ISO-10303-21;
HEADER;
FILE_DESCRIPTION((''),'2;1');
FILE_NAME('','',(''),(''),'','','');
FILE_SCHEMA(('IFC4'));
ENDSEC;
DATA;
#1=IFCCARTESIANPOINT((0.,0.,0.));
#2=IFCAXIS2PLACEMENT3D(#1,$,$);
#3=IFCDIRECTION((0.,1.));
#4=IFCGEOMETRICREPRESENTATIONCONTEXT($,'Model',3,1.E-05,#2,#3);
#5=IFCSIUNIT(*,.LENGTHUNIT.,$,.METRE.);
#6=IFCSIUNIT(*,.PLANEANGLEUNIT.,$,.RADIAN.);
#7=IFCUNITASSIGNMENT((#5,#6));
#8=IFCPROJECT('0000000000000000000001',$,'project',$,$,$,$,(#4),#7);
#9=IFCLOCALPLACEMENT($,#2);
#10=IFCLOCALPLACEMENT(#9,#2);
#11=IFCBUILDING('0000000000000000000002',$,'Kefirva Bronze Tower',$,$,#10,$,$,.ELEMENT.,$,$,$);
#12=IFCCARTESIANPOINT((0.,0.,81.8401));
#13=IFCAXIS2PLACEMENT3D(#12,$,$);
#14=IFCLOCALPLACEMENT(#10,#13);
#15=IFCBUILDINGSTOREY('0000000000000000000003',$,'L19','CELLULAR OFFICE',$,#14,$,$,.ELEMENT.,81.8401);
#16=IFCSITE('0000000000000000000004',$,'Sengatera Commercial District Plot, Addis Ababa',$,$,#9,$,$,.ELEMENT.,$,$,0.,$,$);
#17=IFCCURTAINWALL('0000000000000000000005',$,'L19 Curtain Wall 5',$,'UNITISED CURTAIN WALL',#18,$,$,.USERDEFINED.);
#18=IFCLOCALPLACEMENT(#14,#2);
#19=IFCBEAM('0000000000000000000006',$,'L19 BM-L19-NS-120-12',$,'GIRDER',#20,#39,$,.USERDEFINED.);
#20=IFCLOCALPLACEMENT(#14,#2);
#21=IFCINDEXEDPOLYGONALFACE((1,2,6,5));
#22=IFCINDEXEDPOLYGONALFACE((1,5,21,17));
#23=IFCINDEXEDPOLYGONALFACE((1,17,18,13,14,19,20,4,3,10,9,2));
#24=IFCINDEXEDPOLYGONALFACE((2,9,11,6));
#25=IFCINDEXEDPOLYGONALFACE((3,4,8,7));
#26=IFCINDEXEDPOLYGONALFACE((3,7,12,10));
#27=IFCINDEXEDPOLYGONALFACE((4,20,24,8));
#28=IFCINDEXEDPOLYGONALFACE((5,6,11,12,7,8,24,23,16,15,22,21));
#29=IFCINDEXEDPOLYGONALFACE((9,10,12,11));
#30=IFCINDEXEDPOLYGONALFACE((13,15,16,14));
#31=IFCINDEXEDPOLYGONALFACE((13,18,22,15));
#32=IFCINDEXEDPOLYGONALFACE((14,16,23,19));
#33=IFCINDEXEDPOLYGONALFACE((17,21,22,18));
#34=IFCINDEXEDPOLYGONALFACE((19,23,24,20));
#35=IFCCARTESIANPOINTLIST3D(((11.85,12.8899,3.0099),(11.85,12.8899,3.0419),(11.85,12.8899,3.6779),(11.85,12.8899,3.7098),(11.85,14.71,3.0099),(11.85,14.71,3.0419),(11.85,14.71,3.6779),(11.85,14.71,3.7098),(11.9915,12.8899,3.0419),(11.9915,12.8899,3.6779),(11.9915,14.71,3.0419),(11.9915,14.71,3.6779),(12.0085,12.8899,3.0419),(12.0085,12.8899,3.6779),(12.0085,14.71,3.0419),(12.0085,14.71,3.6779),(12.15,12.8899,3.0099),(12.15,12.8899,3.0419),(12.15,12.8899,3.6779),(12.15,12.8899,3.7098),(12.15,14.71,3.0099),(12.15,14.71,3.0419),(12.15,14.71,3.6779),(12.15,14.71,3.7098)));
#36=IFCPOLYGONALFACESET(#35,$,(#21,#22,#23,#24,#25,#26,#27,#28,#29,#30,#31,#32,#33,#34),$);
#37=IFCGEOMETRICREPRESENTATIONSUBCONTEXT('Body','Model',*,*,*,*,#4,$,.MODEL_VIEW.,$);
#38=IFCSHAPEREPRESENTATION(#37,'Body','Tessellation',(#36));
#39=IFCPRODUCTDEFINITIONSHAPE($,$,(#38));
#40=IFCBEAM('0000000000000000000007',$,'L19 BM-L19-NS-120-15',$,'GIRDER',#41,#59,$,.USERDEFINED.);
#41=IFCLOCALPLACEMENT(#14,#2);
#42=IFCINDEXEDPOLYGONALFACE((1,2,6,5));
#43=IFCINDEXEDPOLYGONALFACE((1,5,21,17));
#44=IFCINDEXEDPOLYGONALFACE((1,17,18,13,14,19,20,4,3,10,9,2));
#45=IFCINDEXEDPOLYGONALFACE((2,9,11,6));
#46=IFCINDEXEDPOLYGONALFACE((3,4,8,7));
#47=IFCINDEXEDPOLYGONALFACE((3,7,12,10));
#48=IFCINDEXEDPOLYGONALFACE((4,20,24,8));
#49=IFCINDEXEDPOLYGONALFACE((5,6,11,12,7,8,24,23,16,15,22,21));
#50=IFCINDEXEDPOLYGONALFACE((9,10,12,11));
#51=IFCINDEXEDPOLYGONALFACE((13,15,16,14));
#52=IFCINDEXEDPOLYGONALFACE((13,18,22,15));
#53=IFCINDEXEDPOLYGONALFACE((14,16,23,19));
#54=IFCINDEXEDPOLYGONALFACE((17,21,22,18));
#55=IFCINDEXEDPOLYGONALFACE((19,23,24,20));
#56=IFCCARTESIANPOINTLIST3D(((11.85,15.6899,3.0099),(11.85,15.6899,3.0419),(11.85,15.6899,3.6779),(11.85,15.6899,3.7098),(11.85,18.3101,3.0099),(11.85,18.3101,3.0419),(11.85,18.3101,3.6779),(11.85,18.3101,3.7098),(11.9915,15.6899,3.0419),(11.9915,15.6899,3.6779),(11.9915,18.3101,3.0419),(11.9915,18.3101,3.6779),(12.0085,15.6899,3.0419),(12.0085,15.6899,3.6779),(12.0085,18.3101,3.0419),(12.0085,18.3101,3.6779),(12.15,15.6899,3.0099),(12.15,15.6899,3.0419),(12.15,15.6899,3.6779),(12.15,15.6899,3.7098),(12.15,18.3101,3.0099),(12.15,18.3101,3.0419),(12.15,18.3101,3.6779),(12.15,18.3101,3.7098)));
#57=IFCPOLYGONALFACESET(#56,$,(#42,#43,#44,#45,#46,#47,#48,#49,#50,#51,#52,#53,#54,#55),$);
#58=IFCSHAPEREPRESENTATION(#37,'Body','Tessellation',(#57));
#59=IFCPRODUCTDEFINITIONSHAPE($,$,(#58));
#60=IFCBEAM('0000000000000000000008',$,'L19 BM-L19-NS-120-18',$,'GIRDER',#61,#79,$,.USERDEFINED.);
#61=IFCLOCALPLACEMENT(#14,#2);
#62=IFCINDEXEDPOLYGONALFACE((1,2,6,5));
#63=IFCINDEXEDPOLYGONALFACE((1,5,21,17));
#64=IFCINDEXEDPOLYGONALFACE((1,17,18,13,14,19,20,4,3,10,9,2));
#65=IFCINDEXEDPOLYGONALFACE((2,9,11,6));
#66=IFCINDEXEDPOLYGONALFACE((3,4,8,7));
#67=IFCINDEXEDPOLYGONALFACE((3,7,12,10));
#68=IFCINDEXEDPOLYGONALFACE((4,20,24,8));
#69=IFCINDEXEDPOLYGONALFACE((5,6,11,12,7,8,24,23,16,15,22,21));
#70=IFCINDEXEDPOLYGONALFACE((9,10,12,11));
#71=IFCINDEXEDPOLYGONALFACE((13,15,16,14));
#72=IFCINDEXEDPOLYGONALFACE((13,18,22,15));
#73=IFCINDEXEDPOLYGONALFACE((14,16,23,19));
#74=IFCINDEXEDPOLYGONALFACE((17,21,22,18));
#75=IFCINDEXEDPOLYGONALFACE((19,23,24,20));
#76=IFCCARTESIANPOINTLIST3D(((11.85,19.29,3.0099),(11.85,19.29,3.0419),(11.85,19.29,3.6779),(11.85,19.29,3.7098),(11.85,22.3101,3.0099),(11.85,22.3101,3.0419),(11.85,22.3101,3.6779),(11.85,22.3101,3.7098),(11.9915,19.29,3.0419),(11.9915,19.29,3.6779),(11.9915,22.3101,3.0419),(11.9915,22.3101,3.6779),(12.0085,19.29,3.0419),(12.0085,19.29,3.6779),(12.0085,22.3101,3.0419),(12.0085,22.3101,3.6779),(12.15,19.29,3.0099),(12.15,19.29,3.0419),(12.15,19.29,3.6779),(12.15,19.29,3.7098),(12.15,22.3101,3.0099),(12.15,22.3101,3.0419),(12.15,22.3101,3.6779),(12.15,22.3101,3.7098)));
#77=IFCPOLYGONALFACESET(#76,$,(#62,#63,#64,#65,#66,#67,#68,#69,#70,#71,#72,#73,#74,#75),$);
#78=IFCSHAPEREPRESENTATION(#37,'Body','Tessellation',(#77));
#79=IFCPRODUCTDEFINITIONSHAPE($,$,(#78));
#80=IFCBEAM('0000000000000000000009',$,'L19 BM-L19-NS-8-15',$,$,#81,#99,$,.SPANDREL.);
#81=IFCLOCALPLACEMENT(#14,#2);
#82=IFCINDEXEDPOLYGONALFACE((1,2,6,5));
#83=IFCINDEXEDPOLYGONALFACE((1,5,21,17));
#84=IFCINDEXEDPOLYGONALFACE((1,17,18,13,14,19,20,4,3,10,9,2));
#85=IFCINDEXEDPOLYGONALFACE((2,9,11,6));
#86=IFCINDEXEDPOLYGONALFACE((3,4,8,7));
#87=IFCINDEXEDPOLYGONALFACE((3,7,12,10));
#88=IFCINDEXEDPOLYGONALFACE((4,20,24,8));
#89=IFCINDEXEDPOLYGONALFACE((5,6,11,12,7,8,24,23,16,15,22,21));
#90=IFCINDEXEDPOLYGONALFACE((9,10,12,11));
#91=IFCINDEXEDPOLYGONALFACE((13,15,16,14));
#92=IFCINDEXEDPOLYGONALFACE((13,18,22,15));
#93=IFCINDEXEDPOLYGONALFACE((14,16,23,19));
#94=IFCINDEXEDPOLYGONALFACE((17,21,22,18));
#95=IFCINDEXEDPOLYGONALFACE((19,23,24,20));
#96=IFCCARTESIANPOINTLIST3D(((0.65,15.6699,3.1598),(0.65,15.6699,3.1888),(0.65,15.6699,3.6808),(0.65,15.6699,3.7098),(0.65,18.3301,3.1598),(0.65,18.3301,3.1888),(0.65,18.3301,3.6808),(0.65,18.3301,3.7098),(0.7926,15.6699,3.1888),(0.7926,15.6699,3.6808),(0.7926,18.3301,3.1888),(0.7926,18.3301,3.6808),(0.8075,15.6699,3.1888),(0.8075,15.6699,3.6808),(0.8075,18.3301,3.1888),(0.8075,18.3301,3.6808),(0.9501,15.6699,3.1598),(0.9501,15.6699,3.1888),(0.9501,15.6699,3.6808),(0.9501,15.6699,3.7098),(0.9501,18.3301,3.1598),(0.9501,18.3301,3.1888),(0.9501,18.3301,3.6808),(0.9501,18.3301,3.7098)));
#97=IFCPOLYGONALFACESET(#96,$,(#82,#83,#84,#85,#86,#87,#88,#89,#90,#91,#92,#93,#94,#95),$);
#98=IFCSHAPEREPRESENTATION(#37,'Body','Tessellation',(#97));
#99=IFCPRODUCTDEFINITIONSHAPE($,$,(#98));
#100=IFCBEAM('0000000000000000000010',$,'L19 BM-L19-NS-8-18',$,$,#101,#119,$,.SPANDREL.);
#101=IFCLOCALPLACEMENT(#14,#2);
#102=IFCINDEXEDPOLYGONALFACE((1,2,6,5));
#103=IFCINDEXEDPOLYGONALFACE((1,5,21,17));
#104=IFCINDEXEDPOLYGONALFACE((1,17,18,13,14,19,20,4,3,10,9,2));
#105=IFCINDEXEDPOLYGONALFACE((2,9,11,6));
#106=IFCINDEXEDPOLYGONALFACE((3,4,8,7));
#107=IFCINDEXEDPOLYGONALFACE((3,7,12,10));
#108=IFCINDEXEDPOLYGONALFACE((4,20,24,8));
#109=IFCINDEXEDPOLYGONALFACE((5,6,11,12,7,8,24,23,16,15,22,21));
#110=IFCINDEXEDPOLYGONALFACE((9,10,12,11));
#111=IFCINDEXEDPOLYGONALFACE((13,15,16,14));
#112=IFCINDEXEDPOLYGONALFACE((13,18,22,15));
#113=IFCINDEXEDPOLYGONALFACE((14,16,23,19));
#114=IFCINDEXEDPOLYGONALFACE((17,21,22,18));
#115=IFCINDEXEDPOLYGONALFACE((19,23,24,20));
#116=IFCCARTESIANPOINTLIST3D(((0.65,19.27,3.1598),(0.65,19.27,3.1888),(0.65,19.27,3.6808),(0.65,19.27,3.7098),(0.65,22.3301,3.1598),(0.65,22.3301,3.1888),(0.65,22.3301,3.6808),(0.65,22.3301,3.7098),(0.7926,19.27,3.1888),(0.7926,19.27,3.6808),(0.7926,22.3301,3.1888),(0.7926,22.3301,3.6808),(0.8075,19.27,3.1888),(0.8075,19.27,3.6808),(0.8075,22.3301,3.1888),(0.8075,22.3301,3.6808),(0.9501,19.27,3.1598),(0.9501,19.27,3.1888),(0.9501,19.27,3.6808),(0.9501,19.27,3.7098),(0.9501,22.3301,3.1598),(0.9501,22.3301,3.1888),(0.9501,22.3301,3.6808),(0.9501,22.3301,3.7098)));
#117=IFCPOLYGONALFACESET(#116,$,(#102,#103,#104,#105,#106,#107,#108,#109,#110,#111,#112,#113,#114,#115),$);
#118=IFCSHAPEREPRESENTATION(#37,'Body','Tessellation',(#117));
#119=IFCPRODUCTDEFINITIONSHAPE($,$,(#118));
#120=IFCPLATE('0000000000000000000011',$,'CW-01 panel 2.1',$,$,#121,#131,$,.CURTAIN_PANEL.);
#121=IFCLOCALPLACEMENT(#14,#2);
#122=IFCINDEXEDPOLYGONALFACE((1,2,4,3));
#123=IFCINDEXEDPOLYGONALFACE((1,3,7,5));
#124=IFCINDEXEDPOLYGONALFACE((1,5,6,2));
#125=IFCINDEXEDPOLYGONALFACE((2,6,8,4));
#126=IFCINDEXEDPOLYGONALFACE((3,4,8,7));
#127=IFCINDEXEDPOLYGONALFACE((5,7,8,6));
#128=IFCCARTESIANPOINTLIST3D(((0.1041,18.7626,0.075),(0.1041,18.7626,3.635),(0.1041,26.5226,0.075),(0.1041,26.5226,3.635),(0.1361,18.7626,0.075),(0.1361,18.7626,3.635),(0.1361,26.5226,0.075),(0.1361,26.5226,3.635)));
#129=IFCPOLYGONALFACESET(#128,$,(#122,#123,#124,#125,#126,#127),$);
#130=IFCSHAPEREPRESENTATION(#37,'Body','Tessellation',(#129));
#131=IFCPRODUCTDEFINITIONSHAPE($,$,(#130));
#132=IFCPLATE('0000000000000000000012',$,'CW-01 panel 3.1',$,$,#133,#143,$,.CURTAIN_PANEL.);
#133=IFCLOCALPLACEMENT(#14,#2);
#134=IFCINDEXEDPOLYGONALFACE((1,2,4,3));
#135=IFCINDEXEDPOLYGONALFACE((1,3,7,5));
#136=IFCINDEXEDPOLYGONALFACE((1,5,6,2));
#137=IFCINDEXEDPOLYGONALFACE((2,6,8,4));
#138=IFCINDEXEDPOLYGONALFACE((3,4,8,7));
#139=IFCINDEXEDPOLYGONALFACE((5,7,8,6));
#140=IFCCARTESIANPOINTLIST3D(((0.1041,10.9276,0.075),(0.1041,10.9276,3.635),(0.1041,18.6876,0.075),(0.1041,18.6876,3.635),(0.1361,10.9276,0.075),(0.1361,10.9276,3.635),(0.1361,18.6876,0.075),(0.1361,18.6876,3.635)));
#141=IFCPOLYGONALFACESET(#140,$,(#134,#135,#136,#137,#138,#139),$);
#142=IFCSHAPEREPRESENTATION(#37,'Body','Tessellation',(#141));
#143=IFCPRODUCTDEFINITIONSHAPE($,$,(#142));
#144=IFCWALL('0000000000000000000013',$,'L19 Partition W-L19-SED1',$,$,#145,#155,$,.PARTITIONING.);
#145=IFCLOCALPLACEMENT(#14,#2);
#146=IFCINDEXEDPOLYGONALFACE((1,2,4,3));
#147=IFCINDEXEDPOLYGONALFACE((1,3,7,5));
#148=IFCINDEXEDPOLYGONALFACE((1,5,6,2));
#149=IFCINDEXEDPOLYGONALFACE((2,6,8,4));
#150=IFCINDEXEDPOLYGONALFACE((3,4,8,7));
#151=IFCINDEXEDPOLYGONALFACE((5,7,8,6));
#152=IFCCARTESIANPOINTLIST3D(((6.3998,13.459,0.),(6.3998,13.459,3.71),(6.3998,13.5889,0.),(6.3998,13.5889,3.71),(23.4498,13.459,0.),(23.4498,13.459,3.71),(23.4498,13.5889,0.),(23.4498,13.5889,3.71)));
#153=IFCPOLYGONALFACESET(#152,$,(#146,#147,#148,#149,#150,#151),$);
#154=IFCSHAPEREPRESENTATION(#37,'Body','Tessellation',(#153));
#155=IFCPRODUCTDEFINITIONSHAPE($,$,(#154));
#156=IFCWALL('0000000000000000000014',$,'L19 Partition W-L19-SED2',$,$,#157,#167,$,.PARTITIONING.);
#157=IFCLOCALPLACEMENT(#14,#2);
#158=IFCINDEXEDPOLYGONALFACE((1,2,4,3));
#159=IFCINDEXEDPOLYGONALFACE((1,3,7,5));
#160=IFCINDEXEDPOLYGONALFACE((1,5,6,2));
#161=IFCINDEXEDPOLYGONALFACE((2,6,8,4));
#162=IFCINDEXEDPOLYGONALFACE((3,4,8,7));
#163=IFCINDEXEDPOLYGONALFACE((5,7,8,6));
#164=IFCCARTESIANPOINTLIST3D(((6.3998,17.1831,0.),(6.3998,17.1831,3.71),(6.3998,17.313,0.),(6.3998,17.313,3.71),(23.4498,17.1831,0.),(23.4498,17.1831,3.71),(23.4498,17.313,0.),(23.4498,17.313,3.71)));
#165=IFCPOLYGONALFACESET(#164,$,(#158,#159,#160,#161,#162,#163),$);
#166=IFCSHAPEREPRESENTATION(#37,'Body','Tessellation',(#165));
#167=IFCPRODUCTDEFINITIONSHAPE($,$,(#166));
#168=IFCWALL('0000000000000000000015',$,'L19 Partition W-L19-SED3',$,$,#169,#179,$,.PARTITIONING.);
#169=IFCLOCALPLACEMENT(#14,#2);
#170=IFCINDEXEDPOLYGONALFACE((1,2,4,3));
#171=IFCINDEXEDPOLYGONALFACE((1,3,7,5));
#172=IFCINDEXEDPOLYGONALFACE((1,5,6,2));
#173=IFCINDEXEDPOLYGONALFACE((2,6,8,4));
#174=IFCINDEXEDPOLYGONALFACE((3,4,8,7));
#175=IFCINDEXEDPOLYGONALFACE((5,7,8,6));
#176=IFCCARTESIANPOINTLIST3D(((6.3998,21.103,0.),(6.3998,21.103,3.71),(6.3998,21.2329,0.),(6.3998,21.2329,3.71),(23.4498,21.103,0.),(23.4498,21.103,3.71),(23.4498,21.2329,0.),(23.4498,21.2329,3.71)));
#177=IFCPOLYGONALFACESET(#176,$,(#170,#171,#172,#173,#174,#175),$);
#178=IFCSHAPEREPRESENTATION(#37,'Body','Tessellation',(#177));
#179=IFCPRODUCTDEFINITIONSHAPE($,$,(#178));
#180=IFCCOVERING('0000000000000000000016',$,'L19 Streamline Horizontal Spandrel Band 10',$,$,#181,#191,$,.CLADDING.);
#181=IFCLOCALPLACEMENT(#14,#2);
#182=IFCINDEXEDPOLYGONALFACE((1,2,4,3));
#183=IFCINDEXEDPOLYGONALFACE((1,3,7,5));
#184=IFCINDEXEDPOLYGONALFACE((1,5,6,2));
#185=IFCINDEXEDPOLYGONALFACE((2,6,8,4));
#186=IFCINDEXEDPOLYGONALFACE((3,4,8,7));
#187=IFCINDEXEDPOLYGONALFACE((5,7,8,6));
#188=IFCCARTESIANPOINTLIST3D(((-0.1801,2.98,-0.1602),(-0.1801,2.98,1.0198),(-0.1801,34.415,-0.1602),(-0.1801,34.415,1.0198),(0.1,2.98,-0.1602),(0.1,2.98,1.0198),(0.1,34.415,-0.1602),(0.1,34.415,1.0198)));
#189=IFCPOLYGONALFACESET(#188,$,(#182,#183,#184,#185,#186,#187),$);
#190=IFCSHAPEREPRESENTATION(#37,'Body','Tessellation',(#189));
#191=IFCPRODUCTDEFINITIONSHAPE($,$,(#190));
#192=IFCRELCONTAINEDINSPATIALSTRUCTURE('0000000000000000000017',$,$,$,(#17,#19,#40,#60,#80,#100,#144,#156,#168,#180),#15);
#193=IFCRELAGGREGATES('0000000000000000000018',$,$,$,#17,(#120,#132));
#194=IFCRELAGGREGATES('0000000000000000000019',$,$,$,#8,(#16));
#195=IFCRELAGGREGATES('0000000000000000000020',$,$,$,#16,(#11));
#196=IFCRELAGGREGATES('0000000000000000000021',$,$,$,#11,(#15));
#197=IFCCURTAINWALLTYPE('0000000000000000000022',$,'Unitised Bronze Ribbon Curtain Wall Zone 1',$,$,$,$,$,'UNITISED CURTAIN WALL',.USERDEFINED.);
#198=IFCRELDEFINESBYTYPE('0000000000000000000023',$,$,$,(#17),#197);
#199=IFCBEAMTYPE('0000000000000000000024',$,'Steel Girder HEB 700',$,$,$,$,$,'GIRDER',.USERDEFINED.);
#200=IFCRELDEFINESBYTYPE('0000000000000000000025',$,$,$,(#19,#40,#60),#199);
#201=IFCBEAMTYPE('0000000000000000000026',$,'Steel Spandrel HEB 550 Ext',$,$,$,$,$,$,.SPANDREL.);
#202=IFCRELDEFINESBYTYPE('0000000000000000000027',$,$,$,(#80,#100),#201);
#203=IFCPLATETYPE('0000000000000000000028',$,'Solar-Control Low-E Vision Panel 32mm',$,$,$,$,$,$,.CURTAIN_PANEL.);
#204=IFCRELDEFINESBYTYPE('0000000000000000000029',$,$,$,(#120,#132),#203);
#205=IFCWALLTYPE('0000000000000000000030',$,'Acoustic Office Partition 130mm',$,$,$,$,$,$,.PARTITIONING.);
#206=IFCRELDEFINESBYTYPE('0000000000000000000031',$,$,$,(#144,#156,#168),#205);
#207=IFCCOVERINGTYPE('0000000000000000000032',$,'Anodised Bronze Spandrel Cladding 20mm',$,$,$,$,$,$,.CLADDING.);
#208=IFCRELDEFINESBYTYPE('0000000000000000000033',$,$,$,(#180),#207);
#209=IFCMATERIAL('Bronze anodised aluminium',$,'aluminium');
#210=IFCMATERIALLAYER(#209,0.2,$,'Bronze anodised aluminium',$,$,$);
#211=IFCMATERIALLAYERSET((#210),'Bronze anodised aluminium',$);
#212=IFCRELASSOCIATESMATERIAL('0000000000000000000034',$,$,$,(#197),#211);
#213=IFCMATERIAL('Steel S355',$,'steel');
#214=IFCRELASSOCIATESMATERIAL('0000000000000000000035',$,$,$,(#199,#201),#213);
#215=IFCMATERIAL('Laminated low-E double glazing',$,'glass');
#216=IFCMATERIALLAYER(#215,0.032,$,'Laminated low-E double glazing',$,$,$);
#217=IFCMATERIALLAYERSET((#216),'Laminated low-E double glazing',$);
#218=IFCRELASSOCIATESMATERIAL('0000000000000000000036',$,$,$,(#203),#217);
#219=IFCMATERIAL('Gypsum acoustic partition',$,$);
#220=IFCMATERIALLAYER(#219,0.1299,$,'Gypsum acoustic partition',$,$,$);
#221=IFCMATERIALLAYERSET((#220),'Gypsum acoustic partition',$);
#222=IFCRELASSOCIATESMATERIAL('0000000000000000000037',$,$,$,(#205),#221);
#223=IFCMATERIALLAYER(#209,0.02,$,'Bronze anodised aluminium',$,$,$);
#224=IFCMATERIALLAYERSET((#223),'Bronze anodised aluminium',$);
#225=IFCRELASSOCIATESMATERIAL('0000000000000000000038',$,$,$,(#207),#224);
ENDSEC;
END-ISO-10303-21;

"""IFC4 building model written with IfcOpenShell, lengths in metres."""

from ifc_helpers import new_model, si_unit, direction, frame, frame_2d, origin, origin_2d, place, context, subcontext, project, spatial, rectangle, i_section, extrude, material, layer, layer_set, material_profile, profile_set, type_object, element, aggregate, save


model = new_model("IFC4")

# Units and contexts
model_context = context("Model", 3, precision=1e-05, world=origin(), true_north=direction((0.0, 1.0)))
body_context = subcontext(model_context, "Body", "Model", "MODEL_VIEW")
ifc_project = project(units=[si_unit("LENGTHUNIT", "METRE"), si_unit("PLANEANGLEUNIT", "RADIAN")], contexts=[model_context])

# Site, building, storey
site_placement = place(None, origin())
site = spatial("IfcSite", under=ifc_project, at=site_placement, Name="Sengatera Commercial District Plot, Addis Ababa", CompositionType="ELEMENT", RefElevation=0.0)
building_placement = place(site_placement, origin())
building = spatial("IfcBuilding", under=site, at=building_placement, Name="Kefirva Bronze Tower", CompositionType="ELEMENT")
storey_placement = place(building_placement, frame((0.0, 0.0, 81.8401)))
storey = spatial("IfcBuildingStorey", under=building, at=storey_placement, Name="L19", Description="CELLULAR OFFICE", CompositionType="ELEMENT", Elevation=81.8401)

# Curtain wall
ifc_material_1 = material(Name="Bronze anodised aluminium", Category="aluminium")
ifc_layer_1 = layer(ifc_material_1, 0.2, Name="Bronze anodised aluminium")
ifc_layer_set_1 = layer_set([ifc_layer_1], Name="Bronze anodised aluminium")
curtain_wall_type = type_object("IfcCurtainWallType", Name="Unitised Bronze Ribbon Curtain Wall Zone 1", ElementType="UNITISED CURTAIN WALL", PredefinedType="USERDEFINED", material=ifc_layer_set_1)
curtain_wall_placement = place(storey_placement, origin())
curtain_wall = element("IfcCurtainWall", 1, at=curtain_wall_placement, inside=storey, type_object=curtain_wall_type, Name="L19 Curtain Wall 5", ObjectType="UNITISED CURTAIN WALL", PredefinedType="USERDEFINED")

# Beams
ifc_material_2 = material(Name="Steel S355", Category="steel")
ifc_material_profile_1 = material_profile(ifc_material_2, i_section(OverallWidth=0.3, OverallDepth=0.7, WebThickness=0.0171, FlangeThickness=0.032, at=origin_2d()), Name="HEB 700")
ifc_profile_set_1 = profile_set([ifc_material_profile_1], Name="Steel S355")
beam_type_1 = type_object("IfcBeamType", Name="Steel Girder HEB 700", ElementType="GIRDER", PredefinedType="USERDEFINED", material=ifc_profile_set_1)
beam_1_placement = place(storey_placement, frame((12.0, 12.8899, 3.3599), z_axis=(0.0, 1.0, 0.0), x_axis=(-1.0, 0.0, 0.0)))
element("IfcBeam", 2, at=beam_1_placement, inside=storey, type_object=beam_type_1, Name="L19 BM-L19-NS-120-12", ObjectType="GIRDER", PredefinedType="USERDEFINED", context=body_context, shape_type="SweptSolid", body=[
    extrude(i_section(OverallWidth=0.3, OverallDepth=0.7, WebThickness=0.0171, FlangeThickness=0.032, at=origin_2d()), origin(), (0.0, 0.0, 1.0), 1.8201),
])
beam_2_placement = place(storey_placement, frame((12.0, 15.6899, 3.3599), z_axis=(0.0, 1.0, 0.0), x_axis=(-1.0, 0.0, 0.0)))
element("IfcBeam", 3, at=beam_2_placement, inside=storey, type_object=beam_type_1, Name="L19 BM-L19-NS-120-15", ObjectType="GIRDER", PredefinedType="USERDEFINED", context=body_context, shape_type="SweptSolid", body=[
    extrude(i_section(OverallWidth=0.3, OverallDepth=0.7, WebThickness=0.0171, FlangeThickness=0.032, at=origin_2d()), origin(), (0.0, 0.0, 1.0), 2.6201),
])
beam_3_placement = place(storey_placement, frame((12.0, 19.29, 3.3599), z_axis=(0.0, 1.0, 0.0), x_axis=(-1.0, 0.0, 0.0)))
element("IfcBeam", 4, at=beam_3_placement, inside=storey, type_object=beam_type_1, Name="L19 BM-L19-NS-120-18", ObjectType="GIRDER", PredefinedType="USERDEFINED", context=body_context, shape_type="SweptSolid", body=[
    extrude(i_section(OverallWidth=0.3, OverallDepth=0.7, WebThickness=0.0171, FlangeThickness=0.032, at=origin_2d()), origin(), (0.0, 0.0, 1.0), 3.02),
])
ifc_material_profile_2 = material_profile(ifc_material_2, i_section(OverallWidth=0.3, OverallDepth=0.55, WebThickness=0.0149, FlangeThickness=0.0291, at=origin_2d()), Name="HEB 550")
ifc_profile_set_2 = profile_set([ifc_material_profile_2], Name="Steel S355")
beam_type_2 = type_object("IfcBeamType", Name="Steel Spandrel HEB 550 Ext", PredefinedType="SPANDREL", material=ifc_profile_set_2)
beam_4_placement = place(storey_placement, frame((0.8, 15.6699, 3.4348), z_axis=(0.0, 1.0, 0.0), x_axis=(-1.0, 0.0, 0.0)))
element("IfcBeam", 5, at=beam_4_placement, inside=storey, type_object=beam_type_2, Name="L19 BM-L19-NS-8-15", PredefinedType="SPANDREL", context=body_context, shape_type="SweptSolid", body=[
    extrude(i_section(OverallWidth=0.3, OverallDepth=0.55, WebThickness=0.0149, FlangeThickness=0.0291, at=origin_2d()), origin(), (0.0, 0.0, 1.0), 2.6602),
])
beam_5_placement = place(storey_placement, frame((0.8, 19.27, 3.4348), z_axis=(0.0, 1.0, 0.0), x_axis=(-1.0, 0.0, 0.0)))
element("IfcBeam", 6, at=beam_5_placement, inside=storey, type_object=beam_type_2, Name="L19 BM-L19-NS-8-18", PredefinedType="SPANDREL", context=body_context, shape_type="SweptSolid", body=[
    extrude(i_section(OverallWidth=0.3, OverallDepth=0.55, WebThickness=0.0149, FlangeThickness=0.0291, at=origin_2d()), origin(), (0.0, 0.0, 1.0), 3.0601),
])

# Plates
ifc_material_3 = material(Name="Laminated low-E double glazing", Category="glass")
ifc_layer_2 = layer(ifc_material_3, 0.032, Name="Laminated low-E double glazing")
ifc_layer_set_2 = layer_set([ifc_layer_2], Name="Laminated low-E double glazing")
plate_type = type_object("IfcPlateType", Name="Solar-Control Low-E Vision Panel 32mm", PredefinedType="CURTAIN_PANEL", material=ifc_layer_set_2)
plate_1_placement = place(storey_placement, frame((0.1201, 22.6426, 0.075), z_axis=(0.0, 0.0, 1.0), x_axis=(0.0, -1.0, 0.0)))
plate_1 = element("IfcPlate", 7, at=plate_1_placement, type_object=plate_type, Name="CW-01 panel 2.1", PredefinedType="CURTAIN_PANEL", context=body_context, shape_type="SweptSolid", body=[
    extrude(rectangle(XDim=7.76, YDim=0.032, at=origin_2d()), origin(), (0.0, 0.0, 1.0), 3.5601),
])
plate_2_placement = place(storey_placement, frame((0.1201, 14.8076, 0.075), z_axis=(0.0, 0.0, 1.0), x_axis=(0.0, -1.0, 0.0)))
plate_2 = element("IfcPlate", 8, at=plate_2_placement, type_object=plate_type, Name="CW-01 panel 3.1", PredefinedType="CURTAIN_PANEL", context=body_context, shape_type="SweptSolid", body=[
    extrude(rectangle(XDim=7.76, YDim=0.032, at=origin_2d()), origin(), (0.0, 0.0, 1.0), 3.5601),
])
aggregate(curtain_wall, [plate_1, plate_2])

# Walls
ifc_material_4 = material(Name="Gypsum acoustic partition")
ifc_layer_3 = layer(ifc_material_4, 0.1299, Name="Gypsum acoustic partition")
ifc_layer_set_3 = layer_set([ifc_layer_3], Name="Gypsum acoustic partition")
wall_type = type_object("IfcWallType", Name="Acoustic Office Partition 130mm", PredefinedType="PARTITIONING", material=ifc_layer_set_3)
for number, where, z_axis, x_axis, name in (
    (9, (6.3999, 13.5239, 0.0), (0.0, 0.0, 1.0), (1.0, 0.0, 0.0), "L19 Partition W-L19-SED1"),
    (10, (6.3999, 17.248, 0.0), (0.0, 0.0, 1.0), (1.0, 0.0, 0.0), "L19 Partition W-L19-SED2"),
    (11, (6.3999, 21.168, 0.0), (0.0, 0.0, 1.0), (1.0, 0.0, 0.0), "L19 Partition W-L19-SED3"),
):
    element("IfcWall", number, at=place(storey_placement, frame(where, z_axis=z_axis, x_axis=x_axis)), inside=storey, type_object=wall_type, Name=name, PredefinedType="PARTITIONING", context=body_context, shape_type="SweptSolid", body=[
        extrude(rectangle(XDim=17.05, YDim=0.1299, at=frame_2d((8.5249, 0.0))), origin(), (0.0, 0.0, 1.0), 3.71),
    ])

# Covering
ifc_layer_4 = layer(ifc_material_1, 0.02, Name="Bronze anodised aluminium")
ifc_layer_set_4 = layer_set([ifc_layer_4], Name="Bronze anodised aluminium")
covering_type_1 = type_object("IfcCoveringType", Name="Anodised Bronze Spandrel Cladding 20mm", PredefinedType="CLADDING", material=ifc_layer_set_4)
covering_1_placement = place(storey_placement, frame((-0.04, 18.6975, -0.1602), z_axis=(0.0, 0.0, 1.0), x_axis=(0.0, -1.0, 0.0)))
element("IfcCovering", 12, at=covering_1_placement, inside=storey, type_object=covering_type_1, Name="L19 Streamline Horizontal Spandrel Band 10", PredefinedType="CLADDING", context=body_context, shape_type="SweptSolid", body=[
    extrude(rectangle(XDim=31.4351, YDim=0.28, at=origin_2d()), origin(), (0.0, 0.0, 1.0), 1.1799),
])

save(model, "model.ifc")
